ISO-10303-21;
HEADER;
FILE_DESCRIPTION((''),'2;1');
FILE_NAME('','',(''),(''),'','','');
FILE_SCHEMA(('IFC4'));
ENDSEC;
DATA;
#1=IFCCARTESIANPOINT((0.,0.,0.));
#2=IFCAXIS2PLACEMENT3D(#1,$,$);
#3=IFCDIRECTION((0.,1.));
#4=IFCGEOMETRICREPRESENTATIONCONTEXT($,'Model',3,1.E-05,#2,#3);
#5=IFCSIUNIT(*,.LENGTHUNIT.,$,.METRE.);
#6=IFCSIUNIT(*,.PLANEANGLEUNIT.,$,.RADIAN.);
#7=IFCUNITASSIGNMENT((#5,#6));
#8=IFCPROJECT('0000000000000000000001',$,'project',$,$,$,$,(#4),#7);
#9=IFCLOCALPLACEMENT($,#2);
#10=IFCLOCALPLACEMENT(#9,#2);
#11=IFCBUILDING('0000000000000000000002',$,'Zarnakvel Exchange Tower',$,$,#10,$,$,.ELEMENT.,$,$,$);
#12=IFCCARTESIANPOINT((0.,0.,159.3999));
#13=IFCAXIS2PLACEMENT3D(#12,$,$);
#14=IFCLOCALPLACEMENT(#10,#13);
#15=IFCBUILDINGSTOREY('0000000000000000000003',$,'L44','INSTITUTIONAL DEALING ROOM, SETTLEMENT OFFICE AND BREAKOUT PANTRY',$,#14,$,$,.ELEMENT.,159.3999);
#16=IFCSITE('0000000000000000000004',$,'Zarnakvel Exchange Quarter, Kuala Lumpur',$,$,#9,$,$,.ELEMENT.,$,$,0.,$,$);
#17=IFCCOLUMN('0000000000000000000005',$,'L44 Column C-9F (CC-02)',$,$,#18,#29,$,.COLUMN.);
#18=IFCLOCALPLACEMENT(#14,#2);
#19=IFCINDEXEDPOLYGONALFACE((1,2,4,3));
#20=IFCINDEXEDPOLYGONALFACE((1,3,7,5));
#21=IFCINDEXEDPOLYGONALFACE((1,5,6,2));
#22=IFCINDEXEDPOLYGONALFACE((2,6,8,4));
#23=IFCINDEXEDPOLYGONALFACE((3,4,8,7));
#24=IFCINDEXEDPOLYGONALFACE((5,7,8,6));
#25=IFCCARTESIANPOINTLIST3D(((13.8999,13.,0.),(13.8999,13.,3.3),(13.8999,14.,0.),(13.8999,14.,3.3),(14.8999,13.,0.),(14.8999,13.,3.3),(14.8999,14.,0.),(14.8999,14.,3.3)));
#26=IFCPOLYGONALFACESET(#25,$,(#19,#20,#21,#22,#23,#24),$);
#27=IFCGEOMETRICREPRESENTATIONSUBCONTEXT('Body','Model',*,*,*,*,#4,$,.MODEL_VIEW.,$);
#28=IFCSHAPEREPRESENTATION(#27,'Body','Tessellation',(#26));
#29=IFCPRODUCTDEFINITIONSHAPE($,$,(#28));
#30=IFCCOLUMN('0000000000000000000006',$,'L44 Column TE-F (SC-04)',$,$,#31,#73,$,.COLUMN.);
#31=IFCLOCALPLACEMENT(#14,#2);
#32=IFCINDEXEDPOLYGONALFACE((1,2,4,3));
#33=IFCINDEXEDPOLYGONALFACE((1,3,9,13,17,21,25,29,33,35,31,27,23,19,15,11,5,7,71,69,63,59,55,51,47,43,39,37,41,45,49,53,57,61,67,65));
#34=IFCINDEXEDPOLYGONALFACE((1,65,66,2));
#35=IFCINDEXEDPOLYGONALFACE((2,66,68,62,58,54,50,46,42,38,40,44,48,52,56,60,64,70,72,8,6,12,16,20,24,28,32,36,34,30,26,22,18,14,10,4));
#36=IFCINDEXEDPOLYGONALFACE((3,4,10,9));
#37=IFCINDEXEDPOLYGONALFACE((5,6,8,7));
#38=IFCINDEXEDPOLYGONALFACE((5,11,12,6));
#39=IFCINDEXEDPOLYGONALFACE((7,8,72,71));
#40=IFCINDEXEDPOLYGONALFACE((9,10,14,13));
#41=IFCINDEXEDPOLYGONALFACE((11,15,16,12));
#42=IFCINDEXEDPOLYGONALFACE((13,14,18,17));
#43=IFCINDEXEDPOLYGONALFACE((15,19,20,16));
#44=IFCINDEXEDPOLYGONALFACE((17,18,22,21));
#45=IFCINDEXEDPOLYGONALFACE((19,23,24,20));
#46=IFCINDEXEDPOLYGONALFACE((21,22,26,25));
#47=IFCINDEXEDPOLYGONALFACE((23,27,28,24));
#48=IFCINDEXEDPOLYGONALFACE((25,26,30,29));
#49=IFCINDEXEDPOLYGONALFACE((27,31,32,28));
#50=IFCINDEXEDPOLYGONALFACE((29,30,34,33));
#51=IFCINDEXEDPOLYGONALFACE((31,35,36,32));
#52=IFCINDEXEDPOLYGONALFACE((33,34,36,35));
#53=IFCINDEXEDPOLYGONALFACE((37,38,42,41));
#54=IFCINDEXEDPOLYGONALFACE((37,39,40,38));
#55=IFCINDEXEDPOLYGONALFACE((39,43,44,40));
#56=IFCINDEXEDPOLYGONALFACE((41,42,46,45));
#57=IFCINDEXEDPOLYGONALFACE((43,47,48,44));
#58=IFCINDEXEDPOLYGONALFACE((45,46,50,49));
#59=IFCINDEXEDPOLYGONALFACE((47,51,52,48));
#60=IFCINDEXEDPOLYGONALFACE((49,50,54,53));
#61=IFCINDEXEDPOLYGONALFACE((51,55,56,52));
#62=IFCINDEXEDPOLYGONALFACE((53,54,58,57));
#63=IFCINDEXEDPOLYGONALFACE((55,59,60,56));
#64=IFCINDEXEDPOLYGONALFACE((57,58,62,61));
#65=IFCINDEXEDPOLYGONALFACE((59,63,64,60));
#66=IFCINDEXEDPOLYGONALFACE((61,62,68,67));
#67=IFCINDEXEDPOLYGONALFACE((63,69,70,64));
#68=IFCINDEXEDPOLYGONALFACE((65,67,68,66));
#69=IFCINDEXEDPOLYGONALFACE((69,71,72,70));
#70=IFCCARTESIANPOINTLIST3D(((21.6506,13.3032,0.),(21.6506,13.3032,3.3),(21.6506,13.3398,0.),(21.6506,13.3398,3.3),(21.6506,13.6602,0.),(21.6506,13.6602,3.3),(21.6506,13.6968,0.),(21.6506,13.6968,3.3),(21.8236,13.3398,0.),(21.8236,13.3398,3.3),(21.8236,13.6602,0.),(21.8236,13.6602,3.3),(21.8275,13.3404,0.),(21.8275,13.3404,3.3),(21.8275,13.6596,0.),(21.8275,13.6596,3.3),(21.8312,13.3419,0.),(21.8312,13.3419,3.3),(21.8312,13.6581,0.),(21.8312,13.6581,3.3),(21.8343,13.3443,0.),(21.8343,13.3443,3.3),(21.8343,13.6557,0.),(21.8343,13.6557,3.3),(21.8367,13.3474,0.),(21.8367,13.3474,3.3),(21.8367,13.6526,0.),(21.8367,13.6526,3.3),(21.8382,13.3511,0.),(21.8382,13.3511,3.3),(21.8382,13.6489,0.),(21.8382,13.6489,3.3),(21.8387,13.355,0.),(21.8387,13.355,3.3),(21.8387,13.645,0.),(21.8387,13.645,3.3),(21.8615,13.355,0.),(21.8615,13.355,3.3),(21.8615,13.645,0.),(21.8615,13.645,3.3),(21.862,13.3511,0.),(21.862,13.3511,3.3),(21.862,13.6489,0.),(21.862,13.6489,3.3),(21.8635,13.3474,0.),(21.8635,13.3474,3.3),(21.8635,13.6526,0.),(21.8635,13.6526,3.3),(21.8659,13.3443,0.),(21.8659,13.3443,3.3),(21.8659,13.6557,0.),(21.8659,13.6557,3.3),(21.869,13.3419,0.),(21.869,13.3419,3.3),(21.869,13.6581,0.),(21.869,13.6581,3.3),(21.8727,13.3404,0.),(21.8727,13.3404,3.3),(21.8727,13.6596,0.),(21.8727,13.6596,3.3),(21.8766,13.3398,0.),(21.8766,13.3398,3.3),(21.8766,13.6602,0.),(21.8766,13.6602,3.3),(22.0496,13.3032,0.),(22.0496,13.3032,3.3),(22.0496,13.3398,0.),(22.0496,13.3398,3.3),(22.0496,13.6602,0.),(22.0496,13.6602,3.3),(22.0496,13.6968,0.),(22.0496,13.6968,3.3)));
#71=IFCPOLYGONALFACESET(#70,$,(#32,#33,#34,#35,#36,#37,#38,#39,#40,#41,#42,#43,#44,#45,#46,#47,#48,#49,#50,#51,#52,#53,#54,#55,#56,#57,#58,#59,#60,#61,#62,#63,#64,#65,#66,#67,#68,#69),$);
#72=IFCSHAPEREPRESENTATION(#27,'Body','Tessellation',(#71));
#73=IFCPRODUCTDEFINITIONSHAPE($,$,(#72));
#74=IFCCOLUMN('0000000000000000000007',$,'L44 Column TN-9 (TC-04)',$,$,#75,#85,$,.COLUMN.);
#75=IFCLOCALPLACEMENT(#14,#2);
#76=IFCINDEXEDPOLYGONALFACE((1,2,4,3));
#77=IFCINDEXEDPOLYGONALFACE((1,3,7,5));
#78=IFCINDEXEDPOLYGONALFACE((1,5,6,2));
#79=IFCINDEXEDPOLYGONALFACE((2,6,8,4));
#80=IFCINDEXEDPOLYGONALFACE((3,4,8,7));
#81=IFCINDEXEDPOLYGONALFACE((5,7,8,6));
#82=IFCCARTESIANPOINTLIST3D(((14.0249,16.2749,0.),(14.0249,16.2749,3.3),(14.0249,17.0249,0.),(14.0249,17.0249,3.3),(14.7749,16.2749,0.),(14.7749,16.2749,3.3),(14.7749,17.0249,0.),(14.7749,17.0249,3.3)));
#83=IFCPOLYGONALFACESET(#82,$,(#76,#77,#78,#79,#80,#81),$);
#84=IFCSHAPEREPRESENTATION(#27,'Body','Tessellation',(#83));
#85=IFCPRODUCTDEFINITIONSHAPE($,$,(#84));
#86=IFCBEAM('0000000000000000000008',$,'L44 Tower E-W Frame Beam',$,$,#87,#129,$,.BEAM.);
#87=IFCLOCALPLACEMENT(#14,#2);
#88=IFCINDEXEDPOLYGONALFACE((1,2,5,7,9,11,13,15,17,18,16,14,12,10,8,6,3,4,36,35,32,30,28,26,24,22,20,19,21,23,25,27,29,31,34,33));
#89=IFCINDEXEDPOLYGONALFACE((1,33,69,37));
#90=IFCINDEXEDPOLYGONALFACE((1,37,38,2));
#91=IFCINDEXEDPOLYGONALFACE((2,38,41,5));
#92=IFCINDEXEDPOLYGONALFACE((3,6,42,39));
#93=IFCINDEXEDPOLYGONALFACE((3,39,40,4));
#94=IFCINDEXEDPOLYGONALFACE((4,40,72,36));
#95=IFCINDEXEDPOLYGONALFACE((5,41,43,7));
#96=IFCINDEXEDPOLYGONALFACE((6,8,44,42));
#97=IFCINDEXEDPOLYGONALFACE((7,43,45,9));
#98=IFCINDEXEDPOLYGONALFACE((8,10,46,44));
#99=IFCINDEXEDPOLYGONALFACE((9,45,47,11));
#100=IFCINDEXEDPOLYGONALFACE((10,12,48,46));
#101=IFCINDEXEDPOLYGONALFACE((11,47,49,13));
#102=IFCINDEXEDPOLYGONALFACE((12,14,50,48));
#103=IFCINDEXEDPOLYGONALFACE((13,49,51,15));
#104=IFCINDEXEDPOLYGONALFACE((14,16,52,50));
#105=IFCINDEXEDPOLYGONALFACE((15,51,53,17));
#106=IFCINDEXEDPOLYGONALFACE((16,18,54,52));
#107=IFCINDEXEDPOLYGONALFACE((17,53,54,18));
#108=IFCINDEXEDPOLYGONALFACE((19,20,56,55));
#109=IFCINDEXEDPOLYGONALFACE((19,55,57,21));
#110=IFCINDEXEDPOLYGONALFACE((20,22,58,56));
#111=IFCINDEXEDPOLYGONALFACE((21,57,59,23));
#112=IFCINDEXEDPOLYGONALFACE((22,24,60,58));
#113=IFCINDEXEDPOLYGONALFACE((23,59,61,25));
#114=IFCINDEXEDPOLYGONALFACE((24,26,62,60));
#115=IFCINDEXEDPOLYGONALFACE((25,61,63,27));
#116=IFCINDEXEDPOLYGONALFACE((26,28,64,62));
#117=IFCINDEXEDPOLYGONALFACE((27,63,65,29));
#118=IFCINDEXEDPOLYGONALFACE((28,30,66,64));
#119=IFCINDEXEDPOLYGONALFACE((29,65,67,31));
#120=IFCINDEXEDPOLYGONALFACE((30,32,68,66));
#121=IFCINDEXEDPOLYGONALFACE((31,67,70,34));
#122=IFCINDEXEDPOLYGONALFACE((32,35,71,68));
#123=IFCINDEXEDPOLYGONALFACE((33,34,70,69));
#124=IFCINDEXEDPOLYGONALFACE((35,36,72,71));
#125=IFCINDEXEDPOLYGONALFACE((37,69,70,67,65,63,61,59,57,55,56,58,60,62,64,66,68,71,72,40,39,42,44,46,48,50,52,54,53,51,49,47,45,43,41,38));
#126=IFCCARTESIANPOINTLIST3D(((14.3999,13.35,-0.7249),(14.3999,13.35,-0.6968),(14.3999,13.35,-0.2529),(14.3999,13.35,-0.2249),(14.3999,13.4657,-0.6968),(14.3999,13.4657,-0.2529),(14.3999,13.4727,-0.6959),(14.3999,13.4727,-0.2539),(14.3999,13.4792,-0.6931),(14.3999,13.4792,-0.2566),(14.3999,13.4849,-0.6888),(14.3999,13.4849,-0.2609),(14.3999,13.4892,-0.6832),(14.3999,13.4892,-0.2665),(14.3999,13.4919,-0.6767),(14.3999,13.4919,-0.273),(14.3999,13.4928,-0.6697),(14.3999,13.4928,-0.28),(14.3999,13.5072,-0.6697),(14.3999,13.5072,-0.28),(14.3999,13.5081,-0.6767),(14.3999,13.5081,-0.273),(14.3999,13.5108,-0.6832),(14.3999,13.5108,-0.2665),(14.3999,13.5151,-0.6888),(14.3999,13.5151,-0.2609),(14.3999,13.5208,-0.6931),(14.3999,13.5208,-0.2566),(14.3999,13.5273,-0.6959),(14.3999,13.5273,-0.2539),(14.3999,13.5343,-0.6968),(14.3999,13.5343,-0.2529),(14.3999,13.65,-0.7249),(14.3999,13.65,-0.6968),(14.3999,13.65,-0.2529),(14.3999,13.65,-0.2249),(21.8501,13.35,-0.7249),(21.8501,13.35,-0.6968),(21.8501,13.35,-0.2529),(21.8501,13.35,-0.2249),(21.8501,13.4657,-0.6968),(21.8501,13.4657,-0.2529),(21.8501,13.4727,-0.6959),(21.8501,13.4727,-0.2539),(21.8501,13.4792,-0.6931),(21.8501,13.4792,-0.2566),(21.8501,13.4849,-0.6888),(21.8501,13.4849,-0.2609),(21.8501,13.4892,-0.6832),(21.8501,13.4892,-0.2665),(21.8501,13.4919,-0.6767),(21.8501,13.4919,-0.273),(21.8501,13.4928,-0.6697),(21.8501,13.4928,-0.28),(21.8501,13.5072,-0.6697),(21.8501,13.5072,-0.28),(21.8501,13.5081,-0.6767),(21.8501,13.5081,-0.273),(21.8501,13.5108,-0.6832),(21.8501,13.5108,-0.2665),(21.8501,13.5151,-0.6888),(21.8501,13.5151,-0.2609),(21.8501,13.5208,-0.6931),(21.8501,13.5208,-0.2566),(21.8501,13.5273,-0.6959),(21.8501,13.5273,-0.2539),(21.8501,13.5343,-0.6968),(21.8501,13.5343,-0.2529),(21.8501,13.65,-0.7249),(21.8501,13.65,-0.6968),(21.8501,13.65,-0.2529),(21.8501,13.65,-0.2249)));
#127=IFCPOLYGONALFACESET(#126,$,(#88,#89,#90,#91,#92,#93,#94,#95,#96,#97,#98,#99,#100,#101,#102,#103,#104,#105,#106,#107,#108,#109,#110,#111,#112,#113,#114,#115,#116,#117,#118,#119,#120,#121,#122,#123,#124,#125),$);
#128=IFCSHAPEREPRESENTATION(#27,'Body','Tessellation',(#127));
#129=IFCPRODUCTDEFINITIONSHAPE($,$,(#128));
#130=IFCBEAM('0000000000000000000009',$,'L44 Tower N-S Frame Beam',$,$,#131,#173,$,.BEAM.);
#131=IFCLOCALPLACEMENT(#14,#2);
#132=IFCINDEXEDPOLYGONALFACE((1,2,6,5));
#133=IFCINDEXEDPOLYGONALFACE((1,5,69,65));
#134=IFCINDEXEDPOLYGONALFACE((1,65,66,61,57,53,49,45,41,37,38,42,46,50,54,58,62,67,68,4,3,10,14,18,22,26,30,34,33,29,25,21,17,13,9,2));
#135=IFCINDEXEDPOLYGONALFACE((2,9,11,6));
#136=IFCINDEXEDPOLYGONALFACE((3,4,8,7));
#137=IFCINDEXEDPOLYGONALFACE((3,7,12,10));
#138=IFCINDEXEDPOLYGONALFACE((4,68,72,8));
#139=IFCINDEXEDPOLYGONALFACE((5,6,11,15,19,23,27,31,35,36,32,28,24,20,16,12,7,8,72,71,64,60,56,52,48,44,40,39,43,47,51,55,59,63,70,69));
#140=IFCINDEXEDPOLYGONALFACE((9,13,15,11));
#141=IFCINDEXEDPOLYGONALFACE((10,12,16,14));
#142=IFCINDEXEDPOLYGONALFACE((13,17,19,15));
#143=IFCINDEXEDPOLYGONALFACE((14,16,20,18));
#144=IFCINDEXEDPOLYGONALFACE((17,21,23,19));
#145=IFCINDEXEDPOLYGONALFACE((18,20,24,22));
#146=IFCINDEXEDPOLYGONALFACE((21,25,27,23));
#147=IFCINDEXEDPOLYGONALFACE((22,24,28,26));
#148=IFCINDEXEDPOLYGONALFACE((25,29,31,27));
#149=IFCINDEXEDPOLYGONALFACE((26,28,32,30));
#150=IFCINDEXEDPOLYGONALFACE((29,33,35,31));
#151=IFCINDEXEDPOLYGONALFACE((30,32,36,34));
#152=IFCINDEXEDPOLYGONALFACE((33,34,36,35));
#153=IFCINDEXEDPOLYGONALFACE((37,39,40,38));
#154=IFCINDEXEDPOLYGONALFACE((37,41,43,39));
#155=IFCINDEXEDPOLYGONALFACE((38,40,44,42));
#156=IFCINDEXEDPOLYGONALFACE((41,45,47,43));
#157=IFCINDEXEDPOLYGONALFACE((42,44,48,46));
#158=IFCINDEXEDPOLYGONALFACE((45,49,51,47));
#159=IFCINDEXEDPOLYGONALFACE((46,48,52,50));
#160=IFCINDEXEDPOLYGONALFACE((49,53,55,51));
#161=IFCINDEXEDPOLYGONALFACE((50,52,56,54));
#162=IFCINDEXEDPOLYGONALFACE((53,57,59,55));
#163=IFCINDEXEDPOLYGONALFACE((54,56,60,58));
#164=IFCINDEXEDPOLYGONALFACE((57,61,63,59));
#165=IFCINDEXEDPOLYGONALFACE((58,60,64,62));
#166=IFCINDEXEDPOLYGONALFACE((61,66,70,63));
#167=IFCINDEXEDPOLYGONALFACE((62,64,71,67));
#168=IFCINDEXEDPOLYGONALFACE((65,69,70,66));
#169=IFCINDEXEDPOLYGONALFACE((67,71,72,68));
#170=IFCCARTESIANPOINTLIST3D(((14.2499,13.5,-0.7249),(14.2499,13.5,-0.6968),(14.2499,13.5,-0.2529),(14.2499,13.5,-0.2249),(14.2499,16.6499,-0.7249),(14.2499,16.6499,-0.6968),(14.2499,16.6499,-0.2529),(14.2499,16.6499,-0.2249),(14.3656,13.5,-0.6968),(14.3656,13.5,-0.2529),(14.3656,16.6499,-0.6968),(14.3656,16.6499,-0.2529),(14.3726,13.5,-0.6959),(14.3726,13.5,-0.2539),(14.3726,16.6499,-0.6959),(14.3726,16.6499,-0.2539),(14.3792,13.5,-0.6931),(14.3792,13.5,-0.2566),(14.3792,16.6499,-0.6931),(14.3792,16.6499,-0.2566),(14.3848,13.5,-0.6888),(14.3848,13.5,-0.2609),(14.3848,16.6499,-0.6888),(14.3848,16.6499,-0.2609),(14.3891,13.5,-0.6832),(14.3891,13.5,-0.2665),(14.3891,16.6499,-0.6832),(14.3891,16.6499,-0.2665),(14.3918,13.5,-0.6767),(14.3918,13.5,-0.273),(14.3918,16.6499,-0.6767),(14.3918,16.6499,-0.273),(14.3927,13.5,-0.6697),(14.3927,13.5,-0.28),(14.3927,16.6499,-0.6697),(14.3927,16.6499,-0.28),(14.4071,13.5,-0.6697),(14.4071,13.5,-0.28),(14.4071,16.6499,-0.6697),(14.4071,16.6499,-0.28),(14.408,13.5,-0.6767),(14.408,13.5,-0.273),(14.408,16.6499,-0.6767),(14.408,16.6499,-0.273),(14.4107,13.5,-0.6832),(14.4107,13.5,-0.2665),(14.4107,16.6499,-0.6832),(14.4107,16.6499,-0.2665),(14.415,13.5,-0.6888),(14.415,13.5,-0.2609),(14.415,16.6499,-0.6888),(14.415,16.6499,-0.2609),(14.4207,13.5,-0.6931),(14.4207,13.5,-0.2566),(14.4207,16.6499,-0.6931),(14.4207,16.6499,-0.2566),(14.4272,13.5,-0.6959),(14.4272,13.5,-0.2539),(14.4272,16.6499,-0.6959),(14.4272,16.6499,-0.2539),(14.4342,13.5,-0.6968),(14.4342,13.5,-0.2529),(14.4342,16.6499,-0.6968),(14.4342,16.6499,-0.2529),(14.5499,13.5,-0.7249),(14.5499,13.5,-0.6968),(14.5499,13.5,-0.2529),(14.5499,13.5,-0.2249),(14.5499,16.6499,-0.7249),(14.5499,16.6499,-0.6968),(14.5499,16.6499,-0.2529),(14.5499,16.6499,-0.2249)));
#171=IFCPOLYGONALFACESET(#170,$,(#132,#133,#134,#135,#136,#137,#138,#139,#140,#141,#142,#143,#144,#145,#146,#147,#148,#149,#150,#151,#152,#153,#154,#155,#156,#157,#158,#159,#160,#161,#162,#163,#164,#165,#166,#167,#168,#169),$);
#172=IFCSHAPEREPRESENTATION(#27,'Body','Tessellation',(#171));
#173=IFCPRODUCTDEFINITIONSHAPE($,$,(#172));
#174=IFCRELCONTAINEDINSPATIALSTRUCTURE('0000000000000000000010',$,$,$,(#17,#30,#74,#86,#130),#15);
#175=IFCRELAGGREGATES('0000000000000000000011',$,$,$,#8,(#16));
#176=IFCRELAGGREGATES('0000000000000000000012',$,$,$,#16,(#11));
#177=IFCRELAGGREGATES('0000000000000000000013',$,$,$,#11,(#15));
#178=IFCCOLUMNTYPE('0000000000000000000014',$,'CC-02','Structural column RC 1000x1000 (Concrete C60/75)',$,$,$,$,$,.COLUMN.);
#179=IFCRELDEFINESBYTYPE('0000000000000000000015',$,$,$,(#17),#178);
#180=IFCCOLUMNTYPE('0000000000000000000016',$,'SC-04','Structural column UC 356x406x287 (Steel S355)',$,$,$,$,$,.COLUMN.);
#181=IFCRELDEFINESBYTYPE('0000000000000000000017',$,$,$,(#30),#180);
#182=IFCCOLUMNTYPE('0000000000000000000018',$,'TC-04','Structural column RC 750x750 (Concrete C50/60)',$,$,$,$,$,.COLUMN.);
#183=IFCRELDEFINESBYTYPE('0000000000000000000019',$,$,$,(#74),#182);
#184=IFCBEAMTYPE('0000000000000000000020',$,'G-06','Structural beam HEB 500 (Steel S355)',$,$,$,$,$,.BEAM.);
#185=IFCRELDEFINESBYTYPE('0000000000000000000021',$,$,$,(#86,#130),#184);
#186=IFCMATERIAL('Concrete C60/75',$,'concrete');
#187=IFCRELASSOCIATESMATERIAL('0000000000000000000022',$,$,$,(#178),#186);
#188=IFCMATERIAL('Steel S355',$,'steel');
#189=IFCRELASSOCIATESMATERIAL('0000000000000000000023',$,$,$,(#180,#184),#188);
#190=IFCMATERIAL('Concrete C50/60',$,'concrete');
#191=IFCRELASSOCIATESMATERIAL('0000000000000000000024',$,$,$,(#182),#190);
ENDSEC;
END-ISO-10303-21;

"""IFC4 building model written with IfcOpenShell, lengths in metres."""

from ifc_helpers import new_model, si_unit, direction, frame, origin, origin_2d, place, context, subcontext, project, spatial, rectangle, i_section, extrude, material, material_profile, profile_set, type_object, element, save


model = new_model("IFC4")

# Units and contexts
model_context = context("Model", 3, precision=1e-05, world=origin(), true_north=direction((0.0, 1.0)))
body_context = subcontext(model_context, "Body", "Model", "MODEL_VIEW")
ifc_project = project(units=[si_unit("LENGTHUNIT", "METRE"), si_unit("PLANEANGLEUNIT", "RADIAN")], contexts=[model_context])

# Site, building, storey
site_placement = place(None, origin())
site = spatial("IfcSite", under=ifc_project, at=site_placement, Name="Zarnakvel Exchange Quarter, Kuala Lumpur", CompositionType="ELEMENT", RefElevation=0.0)
building_placement = place(site_placement, origin())
building = spatial("IfcBuilding", under=site, at=building_placement, Name="Zarnakvel Exchange Tower", CompositionType="ELEMENT")
storey_placement = place(building_placement, frame((0.0, 0.0, 159.3999)))
storey = spatial("IfcBuildingStorey", under=building, at=storey_placement, Name="L44", Description="INSTITUTIONAL DEALING ROOM, SETTLEMENT OFFICE AND BREAKOUT PANTRY", CompositionType="ELEMENT", Elevation=159.3999)

# Columns
ifc_material_1 = material(Name="Concrete C60/75", Category="concrete")
ifc_material_profile_1 = material_profile(ifc_material_1, rectangle(XDim=1.0, YDim=1.0, at=origin_2d()))
ifc_profile_set_1 = profile_set([ifc_material_profile_1], Name="Concrete C60/75")
column_type_1 = type_object("IfcColumnType", Name="CC-02", Description="Structural column RC 1000x1000 (Concrete C60/75)", PredefinedType="COLUMN", material=ifc_profile_set_1)
column_1_placement = place(storey_placement, frame((14.3999, 13.5, 0.0), z_axis=(0.0, 0.0, 1.0), x_axis=(1.0, 0.0, 0.0)))
element("IfcColumn", 1, at=column_1_placement, inside=storey, type_object=column_type_1, Name="L44 Column C-9F (CC-02)", PredefinedType="COLUMN", context=body_context, shape_type="SweptSolid", body=[
    extrude(rectangle(XDim=1.0, YDim=1.0, at=origin_2d()), origin(), (0.0, 0.0, 1.0), 3.3),
])
ifc_material_2 = material(Name="Steel S355", Category="steel")
ifc_material_profile_2 = material_profile(ifc_material_2, i_section(OverallWidth=0.3989, OverallDepth=0.3936, WebThickness=0.0227, FlangeThickness=0.0366, FilletRadius=0.0151, at=origin_2d()))
ifc_profile_set_2 = profile_set([ifc_material_profile_2], Name="Steel S355")
column_type_2 = type_object("IfcColumnType", Name="SC-04", Description="Structural column UC 356x406x287 (Steel S355)", PredefinedType="COLUMN", material=ifc_profile_set_2)
column_2_placement = place(storey_placement, frame((21.8501, 13.5, 0.0), z_axis=(0.0, 0.0, 1.0), x_axis=(1.0, 0.0, 0.0)))
element("IfcColumn", 2, at=column_2_placement, inside=storey, type_object=column_type_2, Name="L44 Column TE-F (SC-04)", PredefinedType="COLUMN", context=body_context, shape_type="SweptSolid", body=[
    extrude(i_section(OverallWidth=0.3989, OverallDepth=0.3936, WebThickness=0.0227, FlangeThickness=0.0366, FilletRadius=0.0151, at=origin_2d()), origin(), (0.0, 0.0, 1.0), 3.3),
])
ifc_material_3 = material(Name="Concrete C50/60", Category="concrete")
ifc_material_profile_3 = material_profile(ifc_material_3, rectangle(XDim=0.75, YDim=0.75, at=origin_2d()))
ifc_profile_set_3 = profile_set([ifc_material_profile_3], Name="Concrete C50/60")
column_type_3 = type_object("IfcColumnType", Name="TC-04", Description="Structural column RC 750x750 (Concrete C50/60)", PredefinedType="COLUMN", material=ifc_profile_set_3)
column_3_placement = place(storey_placement, frame((14.3999, 16.6499, 0.0), z_axis=(0.0, 0.0, 1.0), x_axis=(1.0, 0.0, 0.0)))
element("IfcColumn", 3, at=column_3_placement, inside=storey, type_object=column_type_3, Name="L44 Column TN-9 (TC-04)", PredefinedType="COLUMN", context=body_context, shape_type="SweptSolid", body=[
    extrude(rectangle(XDim=0.75, YDim=0.75, at=origin_2d()), origin(), (0.0, 0.0, 1.0), 3.3),
])

# Beams
ifc_material_profile_4 = material_profile(ifc_material_2, i_section(OverallWidth=0.3, OverallDepth=0.5, WebThickness=0.0144, FlangeThickness=0.0281, FilletRadius=0.0271, at=origin_2d()))
ifc_profile_set_4 = profile_set([ifc_material_profile_4], Name="Steel S355")
beam_type = type_object("IfcBeamType", Name="G-06", Description="Structural beam HEB 500 (Steel S355)", PredefinedType="BEAM", material=ifc_profile_set_4)
beam_1_placement = place(storey_placement, frame((14.3999, 13.5, -0.4749), z_axis=(1.0, 0.0, 0.0), x_axis=(0.0, 1.0, 0.0)))
element("IfcBeam", 4, at=beam_1_placement, inside=storey, type_object=beam_type, Name="L44 Tower E-W Frame Beam", PredefinedType="BEAM", context=body_context, shape_type="SweptSolid", body=[
    extrude(i_section(OverallWidth=0.3, OverallDepth=0.5, WebThickness=0.0144, FlangeThickness=0.0281, FilletRadius=0.0271, at=origin_2d()), origin(), (0.0, 0.0, 1.0), 7.4502),
])
beam_2_placement = place(storey_placement, frame((14.3999, 13.5, -0.4749), z_axis=(0.0, 1.0, 0.0), x_axis=(-1.0, 0.0, 0.0)))
element("IfcBeam", 5, at=beam_2_placement, inside=storey, type_object=beam_type, Name="L44 Tower N-S Frame Beam", PredefinedType="BEAM", context=body_context, shape_type="SweptSolid", body=[
    extrude(i_section(OverallWidth=0.3, OverallDepth=0.5, WebThickness=0.0144, FlangeThickness=0.0281, FilletRadius=0.0271, at=origin_2d()), origin(), (0.0, 0.0, 1.0), 3.1499),
])

save(model, "model.ifc")
